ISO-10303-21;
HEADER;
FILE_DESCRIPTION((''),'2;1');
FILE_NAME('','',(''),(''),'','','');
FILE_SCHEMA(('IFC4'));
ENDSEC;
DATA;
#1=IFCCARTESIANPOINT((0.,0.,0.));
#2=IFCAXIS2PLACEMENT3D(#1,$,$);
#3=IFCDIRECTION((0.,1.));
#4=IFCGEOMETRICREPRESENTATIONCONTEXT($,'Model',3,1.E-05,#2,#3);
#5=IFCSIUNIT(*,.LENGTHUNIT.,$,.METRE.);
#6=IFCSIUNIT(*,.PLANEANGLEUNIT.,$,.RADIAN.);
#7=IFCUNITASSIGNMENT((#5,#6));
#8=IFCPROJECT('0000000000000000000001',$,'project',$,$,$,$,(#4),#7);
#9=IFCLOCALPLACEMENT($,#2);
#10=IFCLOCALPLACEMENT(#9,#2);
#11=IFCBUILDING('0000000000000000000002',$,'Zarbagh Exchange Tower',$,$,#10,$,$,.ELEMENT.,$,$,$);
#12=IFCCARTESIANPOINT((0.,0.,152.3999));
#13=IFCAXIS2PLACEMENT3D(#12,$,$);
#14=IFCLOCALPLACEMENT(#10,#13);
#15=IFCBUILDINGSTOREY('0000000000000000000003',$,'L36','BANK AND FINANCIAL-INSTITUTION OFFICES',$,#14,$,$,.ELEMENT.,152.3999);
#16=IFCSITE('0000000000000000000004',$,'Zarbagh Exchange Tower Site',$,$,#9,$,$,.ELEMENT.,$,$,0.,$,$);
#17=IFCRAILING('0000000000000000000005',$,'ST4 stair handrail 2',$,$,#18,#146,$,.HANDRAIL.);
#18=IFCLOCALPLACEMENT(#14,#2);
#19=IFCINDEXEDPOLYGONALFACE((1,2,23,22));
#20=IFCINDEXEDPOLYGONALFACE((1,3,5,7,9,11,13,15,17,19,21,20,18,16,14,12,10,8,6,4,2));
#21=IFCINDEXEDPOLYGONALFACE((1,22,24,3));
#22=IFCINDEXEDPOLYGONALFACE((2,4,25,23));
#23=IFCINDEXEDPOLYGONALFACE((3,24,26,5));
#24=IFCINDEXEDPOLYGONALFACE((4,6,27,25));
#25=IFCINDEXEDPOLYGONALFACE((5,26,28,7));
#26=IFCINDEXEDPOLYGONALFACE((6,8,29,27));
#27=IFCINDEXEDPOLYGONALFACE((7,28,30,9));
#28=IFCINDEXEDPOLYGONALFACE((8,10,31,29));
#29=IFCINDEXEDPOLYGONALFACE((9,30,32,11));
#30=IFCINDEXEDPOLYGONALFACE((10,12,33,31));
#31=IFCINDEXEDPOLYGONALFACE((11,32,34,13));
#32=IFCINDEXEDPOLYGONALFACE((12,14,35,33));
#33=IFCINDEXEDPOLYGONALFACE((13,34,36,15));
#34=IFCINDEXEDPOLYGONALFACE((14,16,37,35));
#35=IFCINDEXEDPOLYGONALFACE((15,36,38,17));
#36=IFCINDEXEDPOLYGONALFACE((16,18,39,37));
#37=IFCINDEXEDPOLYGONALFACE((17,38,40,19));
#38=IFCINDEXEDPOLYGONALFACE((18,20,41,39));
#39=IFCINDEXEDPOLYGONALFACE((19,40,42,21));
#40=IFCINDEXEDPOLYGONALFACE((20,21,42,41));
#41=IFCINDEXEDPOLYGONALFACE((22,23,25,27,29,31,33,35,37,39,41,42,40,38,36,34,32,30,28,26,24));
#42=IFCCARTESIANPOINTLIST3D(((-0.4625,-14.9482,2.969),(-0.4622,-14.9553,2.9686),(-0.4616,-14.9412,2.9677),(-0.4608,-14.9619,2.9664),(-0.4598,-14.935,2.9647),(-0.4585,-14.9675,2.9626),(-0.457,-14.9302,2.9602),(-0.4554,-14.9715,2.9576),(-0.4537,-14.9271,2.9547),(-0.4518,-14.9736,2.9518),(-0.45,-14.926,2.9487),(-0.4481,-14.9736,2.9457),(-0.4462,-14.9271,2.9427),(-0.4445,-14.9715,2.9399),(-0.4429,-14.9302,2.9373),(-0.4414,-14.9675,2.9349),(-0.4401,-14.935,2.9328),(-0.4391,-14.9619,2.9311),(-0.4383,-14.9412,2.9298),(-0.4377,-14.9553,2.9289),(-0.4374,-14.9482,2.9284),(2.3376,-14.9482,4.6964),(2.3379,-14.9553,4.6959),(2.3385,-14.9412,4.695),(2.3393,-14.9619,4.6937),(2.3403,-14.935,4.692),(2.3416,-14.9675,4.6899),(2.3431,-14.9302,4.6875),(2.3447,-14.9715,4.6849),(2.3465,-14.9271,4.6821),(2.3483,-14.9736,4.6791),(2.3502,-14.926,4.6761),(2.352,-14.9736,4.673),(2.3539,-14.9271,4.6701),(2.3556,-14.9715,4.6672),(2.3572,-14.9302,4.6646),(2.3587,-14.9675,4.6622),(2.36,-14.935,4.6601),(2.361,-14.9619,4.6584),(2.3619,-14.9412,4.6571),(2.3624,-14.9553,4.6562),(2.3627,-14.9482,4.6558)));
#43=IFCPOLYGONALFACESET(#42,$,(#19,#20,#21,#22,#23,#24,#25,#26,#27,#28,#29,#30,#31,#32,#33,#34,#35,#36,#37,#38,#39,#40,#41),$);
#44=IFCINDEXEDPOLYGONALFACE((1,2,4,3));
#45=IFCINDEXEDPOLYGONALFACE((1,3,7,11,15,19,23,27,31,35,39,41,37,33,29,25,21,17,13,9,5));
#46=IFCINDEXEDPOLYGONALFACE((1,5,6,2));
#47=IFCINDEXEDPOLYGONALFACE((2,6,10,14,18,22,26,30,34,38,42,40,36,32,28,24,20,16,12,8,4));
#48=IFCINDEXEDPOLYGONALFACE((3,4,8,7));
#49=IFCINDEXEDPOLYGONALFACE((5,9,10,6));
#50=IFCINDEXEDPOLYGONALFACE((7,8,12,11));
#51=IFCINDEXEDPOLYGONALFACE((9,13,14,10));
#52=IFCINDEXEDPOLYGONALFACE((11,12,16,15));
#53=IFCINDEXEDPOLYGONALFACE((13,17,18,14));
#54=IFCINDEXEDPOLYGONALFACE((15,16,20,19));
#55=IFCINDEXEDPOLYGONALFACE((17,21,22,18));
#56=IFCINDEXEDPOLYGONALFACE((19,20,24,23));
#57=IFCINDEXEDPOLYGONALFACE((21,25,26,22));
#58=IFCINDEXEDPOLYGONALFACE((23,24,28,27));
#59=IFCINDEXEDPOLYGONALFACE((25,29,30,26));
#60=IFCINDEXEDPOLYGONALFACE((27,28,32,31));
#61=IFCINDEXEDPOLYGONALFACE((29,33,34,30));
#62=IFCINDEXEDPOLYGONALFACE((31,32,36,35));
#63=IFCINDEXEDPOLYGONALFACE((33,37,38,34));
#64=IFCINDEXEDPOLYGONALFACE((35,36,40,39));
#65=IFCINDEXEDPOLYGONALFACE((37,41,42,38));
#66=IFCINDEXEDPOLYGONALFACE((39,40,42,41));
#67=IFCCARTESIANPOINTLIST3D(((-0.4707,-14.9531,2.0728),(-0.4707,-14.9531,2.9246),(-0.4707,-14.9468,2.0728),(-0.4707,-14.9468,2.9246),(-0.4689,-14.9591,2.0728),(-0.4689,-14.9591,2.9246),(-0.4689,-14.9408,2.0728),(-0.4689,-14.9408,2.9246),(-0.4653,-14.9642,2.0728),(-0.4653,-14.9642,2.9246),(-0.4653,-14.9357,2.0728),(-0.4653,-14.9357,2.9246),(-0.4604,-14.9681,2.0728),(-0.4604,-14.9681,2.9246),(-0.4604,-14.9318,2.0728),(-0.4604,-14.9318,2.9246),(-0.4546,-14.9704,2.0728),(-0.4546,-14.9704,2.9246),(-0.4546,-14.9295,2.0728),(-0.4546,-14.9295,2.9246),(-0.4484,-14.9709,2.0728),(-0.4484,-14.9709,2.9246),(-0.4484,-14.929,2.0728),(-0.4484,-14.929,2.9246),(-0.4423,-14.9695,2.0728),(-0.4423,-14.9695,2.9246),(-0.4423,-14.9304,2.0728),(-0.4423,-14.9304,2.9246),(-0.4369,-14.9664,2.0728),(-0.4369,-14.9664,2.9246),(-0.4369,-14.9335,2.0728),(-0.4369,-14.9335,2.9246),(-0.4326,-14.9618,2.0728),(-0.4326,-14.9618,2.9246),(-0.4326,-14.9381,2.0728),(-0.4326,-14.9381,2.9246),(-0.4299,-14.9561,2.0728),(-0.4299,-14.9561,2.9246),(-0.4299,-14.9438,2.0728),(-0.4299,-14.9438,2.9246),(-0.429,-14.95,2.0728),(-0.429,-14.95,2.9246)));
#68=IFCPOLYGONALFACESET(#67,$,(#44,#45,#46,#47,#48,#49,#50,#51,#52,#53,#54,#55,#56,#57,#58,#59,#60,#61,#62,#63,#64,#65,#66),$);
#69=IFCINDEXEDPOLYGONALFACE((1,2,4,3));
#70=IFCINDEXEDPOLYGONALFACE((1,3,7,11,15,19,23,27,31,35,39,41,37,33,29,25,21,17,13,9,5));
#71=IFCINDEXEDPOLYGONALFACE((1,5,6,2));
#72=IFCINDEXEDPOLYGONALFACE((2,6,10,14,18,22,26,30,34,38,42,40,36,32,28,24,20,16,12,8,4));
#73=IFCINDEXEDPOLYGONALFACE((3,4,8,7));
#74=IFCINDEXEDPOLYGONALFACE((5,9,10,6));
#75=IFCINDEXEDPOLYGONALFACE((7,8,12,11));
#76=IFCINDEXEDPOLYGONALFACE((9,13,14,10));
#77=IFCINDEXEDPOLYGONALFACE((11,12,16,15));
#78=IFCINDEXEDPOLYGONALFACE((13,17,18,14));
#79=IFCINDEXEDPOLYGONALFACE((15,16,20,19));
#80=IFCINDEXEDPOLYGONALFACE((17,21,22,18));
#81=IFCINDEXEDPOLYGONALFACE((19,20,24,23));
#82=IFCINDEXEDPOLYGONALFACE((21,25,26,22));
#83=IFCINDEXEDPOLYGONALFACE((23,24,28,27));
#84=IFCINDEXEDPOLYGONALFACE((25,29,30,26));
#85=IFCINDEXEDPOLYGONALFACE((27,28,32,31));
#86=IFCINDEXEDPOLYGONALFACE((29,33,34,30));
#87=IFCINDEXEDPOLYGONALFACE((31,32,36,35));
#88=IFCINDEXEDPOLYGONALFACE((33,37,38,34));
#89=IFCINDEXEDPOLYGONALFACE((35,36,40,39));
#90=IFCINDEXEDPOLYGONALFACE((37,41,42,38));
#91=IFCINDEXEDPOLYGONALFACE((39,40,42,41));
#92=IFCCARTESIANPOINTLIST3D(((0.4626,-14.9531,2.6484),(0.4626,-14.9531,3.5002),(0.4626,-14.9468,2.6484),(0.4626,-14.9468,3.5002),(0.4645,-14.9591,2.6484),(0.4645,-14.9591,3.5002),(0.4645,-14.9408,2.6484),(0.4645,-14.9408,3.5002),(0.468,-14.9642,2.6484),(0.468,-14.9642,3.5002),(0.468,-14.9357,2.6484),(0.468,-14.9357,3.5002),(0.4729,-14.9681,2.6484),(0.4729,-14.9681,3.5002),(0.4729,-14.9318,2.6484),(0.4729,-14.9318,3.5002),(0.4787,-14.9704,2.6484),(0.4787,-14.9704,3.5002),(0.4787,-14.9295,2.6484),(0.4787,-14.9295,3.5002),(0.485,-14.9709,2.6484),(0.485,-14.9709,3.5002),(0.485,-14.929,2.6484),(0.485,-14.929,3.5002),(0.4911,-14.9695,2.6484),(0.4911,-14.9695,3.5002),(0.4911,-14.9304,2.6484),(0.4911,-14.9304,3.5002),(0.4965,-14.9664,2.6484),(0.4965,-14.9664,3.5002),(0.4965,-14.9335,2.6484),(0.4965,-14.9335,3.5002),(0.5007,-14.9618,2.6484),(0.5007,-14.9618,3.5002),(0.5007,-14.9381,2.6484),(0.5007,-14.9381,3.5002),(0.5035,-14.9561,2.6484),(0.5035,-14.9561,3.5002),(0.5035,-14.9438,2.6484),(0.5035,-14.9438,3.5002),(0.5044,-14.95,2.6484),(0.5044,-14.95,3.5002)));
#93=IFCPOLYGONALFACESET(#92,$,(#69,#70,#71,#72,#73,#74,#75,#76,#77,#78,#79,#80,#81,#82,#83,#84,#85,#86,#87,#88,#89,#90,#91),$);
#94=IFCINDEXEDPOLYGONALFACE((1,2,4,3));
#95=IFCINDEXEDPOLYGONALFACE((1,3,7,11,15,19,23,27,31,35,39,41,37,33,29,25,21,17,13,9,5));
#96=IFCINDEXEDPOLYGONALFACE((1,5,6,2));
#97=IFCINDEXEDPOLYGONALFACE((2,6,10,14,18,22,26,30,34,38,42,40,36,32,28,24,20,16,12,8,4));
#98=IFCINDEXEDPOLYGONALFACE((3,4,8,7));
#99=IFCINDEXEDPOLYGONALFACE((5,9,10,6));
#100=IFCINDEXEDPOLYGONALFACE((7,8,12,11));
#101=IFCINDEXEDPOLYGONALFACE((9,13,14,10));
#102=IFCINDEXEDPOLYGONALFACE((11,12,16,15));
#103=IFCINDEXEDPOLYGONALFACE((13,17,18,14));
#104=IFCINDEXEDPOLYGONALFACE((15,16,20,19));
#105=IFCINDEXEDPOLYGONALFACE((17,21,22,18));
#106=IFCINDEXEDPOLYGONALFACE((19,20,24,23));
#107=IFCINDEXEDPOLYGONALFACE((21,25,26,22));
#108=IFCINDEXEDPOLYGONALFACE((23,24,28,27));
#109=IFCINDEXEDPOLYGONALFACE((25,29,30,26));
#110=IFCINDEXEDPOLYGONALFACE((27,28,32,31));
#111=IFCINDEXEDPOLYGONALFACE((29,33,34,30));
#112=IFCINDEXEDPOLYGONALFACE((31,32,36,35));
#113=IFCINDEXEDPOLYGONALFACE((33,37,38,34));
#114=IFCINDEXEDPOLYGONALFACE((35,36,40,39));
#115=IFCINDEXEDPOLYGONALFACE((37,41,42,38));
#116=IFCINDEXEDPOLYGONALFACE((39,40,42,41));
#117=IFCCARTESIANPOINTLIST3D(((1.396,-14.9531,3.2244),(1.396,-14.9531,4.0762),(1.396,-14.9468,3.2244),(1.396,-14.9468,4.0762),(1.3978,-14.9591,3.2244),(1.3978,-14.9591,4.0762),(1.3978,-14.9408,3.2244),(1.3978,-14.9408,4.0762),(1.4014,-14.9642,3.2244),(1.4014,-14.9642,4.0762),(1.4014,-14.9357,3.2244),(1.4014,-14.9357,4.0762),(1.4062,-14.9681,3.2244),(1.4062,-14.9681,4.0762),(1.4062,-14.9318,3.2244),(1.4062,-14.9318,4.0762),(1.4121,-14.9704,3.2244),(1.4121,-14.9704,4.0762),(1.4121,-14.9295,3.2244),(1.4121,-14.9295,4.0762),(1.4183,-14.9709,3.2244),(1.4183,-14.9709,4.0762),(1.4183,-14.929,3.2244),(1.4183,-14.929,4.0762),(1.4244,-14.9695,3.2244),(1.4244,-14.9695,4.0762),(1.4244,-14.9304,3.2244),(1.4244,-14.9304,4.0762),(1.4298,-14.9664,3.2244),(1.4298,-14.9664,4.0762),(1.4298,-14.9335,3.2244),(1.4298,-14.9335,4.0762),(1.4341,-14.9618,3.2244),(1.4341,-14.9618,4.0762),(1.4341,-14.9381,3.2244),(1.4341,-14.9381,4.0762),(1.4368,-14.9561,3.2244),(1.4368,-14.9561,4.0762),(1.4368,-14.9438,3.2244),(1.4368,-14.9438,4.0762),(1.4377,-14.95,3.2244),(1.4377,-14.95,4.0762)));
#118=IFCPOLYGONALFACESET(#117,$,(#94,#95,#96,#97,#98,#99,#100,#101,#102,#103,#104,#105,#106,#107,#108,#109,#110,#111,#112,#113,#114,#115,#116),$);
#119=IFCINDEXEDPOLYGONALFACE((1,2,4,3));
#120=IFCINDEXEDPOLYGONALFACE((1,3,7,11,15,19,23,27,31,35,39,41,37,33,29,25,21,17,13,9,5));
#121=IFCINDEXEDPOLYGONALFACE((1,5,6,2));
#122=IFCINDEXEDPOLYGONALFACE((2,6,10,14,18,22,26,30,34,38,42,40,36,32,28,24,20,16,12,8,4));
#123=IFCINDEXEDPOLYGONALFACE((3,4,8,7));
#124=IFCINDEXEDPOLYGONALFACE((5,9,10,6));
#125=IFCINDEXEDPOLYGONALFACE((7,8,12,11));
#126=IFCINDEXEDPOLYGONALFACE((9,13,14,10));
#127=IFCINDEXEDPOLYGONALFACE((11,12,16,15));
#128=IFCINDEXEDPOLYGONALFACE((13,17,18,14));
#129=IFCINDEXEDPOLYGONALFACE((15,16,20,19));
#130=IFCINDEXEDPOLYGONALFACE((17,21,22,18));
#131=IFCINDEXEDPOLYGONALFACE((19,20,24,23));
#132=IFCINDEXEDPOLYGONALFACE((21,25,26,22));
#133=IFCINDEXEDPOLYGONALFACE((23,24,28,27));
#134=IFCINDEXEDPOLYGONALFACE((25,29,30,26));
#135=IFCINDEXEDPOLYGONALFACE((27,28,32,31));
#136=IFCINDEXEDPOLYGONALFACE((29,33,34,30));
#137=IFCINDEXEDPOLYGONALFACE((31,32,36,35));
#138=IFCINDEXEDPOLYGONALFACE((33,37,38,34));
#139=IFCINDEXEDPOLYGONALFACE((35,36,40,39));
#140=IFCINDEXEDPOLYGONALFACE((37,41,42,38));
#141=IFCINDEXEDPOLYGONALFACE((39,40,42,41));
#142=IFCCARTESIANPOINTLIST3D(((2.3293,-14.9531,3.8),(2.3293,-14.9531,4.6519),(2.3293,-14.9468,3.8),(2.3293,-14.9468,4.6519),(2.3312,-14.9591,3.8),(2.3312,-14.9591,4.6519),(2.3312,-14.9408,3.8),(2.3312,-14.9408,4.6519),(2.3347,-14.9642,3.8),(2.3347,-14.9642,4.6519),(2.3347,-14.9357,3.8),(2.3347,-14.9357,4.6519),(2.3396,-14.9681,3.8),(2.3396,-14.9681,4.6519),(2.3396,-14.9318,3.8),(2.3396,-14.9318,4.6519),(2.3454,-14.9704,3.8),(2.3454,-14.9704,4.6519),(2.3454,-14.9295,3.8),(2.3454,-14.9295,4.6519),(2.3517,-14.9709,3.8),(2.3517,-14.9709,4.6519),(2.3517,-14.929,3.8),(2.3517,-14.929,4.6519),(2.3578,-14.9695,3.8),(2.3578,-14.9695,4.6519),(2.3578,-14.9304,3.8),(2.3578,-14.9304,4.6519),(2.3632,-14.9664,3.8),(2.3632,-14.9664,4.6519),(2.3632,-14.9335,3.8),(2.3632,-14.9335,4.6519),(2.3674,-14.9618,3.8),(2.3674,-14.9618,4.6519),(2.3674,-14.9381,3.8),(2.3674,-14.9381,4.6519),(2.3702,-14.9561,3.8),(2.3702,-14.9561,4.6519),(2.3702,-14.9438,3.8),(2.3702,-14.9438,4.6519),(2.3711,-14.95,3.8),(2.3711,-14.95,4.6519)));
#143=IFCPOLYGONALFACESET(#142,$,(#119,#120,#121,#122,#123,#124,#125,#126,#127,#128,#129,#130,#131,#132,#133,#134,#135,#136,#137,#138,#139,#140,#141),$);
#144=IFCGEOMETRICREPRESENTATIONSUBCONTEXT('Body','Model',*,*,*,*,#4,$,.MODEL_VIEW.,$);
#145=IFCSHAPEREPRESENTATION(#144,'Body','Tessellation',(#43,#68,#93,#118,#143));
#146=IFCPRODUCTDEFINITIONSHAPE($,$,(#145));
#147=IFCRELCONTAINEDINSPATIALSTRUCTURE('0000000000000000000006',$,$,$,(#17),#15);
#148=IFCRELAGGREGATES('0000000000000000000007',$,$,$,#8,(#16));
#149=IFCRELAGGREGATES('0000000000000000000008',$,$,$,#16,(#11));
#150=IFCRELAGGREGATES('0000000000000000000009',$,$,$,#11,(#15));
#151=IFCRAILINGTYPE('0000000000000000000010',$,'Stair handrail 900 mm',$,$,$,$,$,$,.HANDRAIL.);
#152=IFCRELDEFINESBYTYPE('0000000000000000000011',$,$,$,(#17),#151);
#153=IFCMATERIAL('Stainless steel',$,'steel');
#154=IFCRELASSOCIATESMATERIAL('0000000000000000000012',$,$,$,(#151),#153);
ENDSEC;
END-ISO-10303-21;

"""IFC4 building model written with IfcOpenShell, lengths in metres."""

from ifc_helpers import new_model, si_unit, direction, frame, origin, origin_2d, place, context, subcontext, project, spatial, circle, extrude, material, type_object, element, save


model = new_model("IFC4")

# Units and contexts
model_context = context("Model", 3, precision=1e-05, world=origin(), true_north=direction((0.0, 1.0)))
body_context = subcontext(model_context, "Body", "Model", "MODEL_VIEW")
ifc_project = project(units=[si_unit("LENGTHUNIT", "METRE"), si_unit("PLANEANGLEUNIT", "RADIAN")], contexts=[model_context])

# Site, building, storey
site_placement = place(None, origin())
site = spatial("IfcSite", under=ifc_project, at=site_placement, Name="Zarbagh Exchange Tower Site", CompositionType="ELEMENT", RefElevation=0.0)
building_placement = place(site_placement, origin())
building = spatial("IfcBuilding", under=site, at=building_placement, Name="Zarbagh Exchange Tower", CompositionType="ELEMENT")
storey_placement = place(building_placement, frame((0.0, 0.0, 152.3999)))
storey = spatial("IfcBuildingStorey", under=building, at=storey_placement, Name="L36", Description="BANK AND FINANCIAL-INSTITUTION OFFICES", CompositionType="ELEMENT", Elevation=152.3999)

# Shared definitions
ifc_material_1 = material(Name="Stainless steel", Category="steel")

# Railing
railing_type_1 = type_object("IfcRailingType", Name="Stair handrail 900 mm", PredefinedType="HANDRAIL", material=ifc_material_1)
for number, where, name in (
    (1, (-0.45, -14.95, 2.0728), "ST4 stair handrail 2"),
):
    element("IfcRailing", number, at=place(storey_placement, frame(where)), inside=storey, type_object=railing_type_1, Name=name, PredefinedType="HANDRAIL", context=body_context, shape_type="SweptSolid", body=[
        extrude(circle(Radius=0.0239, at=origin_2d()), frame((0.0, 0.0, 0.876), z_axis=(0.85109, 0.0, 0.52502), x_axis=(0.0, 1.0, 0.0)), (0.0, 0.0, 1.0), 3.29),
        extrude(circle(Radius=0.021, at=origin_2d()), origin(), (0.0, 0.0, 1.0), 0.8518),
        extrude(circle(Radius=0.021, at=origin_2d()), frame((0.9333, 0.0, 0.5757)), (0.0, 0.0, 1.0), 0.8518),
        extrude(circle(Radius=0.021, at=origin_2d()), frame((1.8667, 0.0, 1.1516)), (0.0, 0.0, 1.0), 0.8518),
        extrude(circle(Radius=0.021, at=origin_2d()), frame((2.8, 0.0, 1.7273)), (0.0, 0.0, 1.0), 0.8518),
    ])

save(model, "model.ifc")
